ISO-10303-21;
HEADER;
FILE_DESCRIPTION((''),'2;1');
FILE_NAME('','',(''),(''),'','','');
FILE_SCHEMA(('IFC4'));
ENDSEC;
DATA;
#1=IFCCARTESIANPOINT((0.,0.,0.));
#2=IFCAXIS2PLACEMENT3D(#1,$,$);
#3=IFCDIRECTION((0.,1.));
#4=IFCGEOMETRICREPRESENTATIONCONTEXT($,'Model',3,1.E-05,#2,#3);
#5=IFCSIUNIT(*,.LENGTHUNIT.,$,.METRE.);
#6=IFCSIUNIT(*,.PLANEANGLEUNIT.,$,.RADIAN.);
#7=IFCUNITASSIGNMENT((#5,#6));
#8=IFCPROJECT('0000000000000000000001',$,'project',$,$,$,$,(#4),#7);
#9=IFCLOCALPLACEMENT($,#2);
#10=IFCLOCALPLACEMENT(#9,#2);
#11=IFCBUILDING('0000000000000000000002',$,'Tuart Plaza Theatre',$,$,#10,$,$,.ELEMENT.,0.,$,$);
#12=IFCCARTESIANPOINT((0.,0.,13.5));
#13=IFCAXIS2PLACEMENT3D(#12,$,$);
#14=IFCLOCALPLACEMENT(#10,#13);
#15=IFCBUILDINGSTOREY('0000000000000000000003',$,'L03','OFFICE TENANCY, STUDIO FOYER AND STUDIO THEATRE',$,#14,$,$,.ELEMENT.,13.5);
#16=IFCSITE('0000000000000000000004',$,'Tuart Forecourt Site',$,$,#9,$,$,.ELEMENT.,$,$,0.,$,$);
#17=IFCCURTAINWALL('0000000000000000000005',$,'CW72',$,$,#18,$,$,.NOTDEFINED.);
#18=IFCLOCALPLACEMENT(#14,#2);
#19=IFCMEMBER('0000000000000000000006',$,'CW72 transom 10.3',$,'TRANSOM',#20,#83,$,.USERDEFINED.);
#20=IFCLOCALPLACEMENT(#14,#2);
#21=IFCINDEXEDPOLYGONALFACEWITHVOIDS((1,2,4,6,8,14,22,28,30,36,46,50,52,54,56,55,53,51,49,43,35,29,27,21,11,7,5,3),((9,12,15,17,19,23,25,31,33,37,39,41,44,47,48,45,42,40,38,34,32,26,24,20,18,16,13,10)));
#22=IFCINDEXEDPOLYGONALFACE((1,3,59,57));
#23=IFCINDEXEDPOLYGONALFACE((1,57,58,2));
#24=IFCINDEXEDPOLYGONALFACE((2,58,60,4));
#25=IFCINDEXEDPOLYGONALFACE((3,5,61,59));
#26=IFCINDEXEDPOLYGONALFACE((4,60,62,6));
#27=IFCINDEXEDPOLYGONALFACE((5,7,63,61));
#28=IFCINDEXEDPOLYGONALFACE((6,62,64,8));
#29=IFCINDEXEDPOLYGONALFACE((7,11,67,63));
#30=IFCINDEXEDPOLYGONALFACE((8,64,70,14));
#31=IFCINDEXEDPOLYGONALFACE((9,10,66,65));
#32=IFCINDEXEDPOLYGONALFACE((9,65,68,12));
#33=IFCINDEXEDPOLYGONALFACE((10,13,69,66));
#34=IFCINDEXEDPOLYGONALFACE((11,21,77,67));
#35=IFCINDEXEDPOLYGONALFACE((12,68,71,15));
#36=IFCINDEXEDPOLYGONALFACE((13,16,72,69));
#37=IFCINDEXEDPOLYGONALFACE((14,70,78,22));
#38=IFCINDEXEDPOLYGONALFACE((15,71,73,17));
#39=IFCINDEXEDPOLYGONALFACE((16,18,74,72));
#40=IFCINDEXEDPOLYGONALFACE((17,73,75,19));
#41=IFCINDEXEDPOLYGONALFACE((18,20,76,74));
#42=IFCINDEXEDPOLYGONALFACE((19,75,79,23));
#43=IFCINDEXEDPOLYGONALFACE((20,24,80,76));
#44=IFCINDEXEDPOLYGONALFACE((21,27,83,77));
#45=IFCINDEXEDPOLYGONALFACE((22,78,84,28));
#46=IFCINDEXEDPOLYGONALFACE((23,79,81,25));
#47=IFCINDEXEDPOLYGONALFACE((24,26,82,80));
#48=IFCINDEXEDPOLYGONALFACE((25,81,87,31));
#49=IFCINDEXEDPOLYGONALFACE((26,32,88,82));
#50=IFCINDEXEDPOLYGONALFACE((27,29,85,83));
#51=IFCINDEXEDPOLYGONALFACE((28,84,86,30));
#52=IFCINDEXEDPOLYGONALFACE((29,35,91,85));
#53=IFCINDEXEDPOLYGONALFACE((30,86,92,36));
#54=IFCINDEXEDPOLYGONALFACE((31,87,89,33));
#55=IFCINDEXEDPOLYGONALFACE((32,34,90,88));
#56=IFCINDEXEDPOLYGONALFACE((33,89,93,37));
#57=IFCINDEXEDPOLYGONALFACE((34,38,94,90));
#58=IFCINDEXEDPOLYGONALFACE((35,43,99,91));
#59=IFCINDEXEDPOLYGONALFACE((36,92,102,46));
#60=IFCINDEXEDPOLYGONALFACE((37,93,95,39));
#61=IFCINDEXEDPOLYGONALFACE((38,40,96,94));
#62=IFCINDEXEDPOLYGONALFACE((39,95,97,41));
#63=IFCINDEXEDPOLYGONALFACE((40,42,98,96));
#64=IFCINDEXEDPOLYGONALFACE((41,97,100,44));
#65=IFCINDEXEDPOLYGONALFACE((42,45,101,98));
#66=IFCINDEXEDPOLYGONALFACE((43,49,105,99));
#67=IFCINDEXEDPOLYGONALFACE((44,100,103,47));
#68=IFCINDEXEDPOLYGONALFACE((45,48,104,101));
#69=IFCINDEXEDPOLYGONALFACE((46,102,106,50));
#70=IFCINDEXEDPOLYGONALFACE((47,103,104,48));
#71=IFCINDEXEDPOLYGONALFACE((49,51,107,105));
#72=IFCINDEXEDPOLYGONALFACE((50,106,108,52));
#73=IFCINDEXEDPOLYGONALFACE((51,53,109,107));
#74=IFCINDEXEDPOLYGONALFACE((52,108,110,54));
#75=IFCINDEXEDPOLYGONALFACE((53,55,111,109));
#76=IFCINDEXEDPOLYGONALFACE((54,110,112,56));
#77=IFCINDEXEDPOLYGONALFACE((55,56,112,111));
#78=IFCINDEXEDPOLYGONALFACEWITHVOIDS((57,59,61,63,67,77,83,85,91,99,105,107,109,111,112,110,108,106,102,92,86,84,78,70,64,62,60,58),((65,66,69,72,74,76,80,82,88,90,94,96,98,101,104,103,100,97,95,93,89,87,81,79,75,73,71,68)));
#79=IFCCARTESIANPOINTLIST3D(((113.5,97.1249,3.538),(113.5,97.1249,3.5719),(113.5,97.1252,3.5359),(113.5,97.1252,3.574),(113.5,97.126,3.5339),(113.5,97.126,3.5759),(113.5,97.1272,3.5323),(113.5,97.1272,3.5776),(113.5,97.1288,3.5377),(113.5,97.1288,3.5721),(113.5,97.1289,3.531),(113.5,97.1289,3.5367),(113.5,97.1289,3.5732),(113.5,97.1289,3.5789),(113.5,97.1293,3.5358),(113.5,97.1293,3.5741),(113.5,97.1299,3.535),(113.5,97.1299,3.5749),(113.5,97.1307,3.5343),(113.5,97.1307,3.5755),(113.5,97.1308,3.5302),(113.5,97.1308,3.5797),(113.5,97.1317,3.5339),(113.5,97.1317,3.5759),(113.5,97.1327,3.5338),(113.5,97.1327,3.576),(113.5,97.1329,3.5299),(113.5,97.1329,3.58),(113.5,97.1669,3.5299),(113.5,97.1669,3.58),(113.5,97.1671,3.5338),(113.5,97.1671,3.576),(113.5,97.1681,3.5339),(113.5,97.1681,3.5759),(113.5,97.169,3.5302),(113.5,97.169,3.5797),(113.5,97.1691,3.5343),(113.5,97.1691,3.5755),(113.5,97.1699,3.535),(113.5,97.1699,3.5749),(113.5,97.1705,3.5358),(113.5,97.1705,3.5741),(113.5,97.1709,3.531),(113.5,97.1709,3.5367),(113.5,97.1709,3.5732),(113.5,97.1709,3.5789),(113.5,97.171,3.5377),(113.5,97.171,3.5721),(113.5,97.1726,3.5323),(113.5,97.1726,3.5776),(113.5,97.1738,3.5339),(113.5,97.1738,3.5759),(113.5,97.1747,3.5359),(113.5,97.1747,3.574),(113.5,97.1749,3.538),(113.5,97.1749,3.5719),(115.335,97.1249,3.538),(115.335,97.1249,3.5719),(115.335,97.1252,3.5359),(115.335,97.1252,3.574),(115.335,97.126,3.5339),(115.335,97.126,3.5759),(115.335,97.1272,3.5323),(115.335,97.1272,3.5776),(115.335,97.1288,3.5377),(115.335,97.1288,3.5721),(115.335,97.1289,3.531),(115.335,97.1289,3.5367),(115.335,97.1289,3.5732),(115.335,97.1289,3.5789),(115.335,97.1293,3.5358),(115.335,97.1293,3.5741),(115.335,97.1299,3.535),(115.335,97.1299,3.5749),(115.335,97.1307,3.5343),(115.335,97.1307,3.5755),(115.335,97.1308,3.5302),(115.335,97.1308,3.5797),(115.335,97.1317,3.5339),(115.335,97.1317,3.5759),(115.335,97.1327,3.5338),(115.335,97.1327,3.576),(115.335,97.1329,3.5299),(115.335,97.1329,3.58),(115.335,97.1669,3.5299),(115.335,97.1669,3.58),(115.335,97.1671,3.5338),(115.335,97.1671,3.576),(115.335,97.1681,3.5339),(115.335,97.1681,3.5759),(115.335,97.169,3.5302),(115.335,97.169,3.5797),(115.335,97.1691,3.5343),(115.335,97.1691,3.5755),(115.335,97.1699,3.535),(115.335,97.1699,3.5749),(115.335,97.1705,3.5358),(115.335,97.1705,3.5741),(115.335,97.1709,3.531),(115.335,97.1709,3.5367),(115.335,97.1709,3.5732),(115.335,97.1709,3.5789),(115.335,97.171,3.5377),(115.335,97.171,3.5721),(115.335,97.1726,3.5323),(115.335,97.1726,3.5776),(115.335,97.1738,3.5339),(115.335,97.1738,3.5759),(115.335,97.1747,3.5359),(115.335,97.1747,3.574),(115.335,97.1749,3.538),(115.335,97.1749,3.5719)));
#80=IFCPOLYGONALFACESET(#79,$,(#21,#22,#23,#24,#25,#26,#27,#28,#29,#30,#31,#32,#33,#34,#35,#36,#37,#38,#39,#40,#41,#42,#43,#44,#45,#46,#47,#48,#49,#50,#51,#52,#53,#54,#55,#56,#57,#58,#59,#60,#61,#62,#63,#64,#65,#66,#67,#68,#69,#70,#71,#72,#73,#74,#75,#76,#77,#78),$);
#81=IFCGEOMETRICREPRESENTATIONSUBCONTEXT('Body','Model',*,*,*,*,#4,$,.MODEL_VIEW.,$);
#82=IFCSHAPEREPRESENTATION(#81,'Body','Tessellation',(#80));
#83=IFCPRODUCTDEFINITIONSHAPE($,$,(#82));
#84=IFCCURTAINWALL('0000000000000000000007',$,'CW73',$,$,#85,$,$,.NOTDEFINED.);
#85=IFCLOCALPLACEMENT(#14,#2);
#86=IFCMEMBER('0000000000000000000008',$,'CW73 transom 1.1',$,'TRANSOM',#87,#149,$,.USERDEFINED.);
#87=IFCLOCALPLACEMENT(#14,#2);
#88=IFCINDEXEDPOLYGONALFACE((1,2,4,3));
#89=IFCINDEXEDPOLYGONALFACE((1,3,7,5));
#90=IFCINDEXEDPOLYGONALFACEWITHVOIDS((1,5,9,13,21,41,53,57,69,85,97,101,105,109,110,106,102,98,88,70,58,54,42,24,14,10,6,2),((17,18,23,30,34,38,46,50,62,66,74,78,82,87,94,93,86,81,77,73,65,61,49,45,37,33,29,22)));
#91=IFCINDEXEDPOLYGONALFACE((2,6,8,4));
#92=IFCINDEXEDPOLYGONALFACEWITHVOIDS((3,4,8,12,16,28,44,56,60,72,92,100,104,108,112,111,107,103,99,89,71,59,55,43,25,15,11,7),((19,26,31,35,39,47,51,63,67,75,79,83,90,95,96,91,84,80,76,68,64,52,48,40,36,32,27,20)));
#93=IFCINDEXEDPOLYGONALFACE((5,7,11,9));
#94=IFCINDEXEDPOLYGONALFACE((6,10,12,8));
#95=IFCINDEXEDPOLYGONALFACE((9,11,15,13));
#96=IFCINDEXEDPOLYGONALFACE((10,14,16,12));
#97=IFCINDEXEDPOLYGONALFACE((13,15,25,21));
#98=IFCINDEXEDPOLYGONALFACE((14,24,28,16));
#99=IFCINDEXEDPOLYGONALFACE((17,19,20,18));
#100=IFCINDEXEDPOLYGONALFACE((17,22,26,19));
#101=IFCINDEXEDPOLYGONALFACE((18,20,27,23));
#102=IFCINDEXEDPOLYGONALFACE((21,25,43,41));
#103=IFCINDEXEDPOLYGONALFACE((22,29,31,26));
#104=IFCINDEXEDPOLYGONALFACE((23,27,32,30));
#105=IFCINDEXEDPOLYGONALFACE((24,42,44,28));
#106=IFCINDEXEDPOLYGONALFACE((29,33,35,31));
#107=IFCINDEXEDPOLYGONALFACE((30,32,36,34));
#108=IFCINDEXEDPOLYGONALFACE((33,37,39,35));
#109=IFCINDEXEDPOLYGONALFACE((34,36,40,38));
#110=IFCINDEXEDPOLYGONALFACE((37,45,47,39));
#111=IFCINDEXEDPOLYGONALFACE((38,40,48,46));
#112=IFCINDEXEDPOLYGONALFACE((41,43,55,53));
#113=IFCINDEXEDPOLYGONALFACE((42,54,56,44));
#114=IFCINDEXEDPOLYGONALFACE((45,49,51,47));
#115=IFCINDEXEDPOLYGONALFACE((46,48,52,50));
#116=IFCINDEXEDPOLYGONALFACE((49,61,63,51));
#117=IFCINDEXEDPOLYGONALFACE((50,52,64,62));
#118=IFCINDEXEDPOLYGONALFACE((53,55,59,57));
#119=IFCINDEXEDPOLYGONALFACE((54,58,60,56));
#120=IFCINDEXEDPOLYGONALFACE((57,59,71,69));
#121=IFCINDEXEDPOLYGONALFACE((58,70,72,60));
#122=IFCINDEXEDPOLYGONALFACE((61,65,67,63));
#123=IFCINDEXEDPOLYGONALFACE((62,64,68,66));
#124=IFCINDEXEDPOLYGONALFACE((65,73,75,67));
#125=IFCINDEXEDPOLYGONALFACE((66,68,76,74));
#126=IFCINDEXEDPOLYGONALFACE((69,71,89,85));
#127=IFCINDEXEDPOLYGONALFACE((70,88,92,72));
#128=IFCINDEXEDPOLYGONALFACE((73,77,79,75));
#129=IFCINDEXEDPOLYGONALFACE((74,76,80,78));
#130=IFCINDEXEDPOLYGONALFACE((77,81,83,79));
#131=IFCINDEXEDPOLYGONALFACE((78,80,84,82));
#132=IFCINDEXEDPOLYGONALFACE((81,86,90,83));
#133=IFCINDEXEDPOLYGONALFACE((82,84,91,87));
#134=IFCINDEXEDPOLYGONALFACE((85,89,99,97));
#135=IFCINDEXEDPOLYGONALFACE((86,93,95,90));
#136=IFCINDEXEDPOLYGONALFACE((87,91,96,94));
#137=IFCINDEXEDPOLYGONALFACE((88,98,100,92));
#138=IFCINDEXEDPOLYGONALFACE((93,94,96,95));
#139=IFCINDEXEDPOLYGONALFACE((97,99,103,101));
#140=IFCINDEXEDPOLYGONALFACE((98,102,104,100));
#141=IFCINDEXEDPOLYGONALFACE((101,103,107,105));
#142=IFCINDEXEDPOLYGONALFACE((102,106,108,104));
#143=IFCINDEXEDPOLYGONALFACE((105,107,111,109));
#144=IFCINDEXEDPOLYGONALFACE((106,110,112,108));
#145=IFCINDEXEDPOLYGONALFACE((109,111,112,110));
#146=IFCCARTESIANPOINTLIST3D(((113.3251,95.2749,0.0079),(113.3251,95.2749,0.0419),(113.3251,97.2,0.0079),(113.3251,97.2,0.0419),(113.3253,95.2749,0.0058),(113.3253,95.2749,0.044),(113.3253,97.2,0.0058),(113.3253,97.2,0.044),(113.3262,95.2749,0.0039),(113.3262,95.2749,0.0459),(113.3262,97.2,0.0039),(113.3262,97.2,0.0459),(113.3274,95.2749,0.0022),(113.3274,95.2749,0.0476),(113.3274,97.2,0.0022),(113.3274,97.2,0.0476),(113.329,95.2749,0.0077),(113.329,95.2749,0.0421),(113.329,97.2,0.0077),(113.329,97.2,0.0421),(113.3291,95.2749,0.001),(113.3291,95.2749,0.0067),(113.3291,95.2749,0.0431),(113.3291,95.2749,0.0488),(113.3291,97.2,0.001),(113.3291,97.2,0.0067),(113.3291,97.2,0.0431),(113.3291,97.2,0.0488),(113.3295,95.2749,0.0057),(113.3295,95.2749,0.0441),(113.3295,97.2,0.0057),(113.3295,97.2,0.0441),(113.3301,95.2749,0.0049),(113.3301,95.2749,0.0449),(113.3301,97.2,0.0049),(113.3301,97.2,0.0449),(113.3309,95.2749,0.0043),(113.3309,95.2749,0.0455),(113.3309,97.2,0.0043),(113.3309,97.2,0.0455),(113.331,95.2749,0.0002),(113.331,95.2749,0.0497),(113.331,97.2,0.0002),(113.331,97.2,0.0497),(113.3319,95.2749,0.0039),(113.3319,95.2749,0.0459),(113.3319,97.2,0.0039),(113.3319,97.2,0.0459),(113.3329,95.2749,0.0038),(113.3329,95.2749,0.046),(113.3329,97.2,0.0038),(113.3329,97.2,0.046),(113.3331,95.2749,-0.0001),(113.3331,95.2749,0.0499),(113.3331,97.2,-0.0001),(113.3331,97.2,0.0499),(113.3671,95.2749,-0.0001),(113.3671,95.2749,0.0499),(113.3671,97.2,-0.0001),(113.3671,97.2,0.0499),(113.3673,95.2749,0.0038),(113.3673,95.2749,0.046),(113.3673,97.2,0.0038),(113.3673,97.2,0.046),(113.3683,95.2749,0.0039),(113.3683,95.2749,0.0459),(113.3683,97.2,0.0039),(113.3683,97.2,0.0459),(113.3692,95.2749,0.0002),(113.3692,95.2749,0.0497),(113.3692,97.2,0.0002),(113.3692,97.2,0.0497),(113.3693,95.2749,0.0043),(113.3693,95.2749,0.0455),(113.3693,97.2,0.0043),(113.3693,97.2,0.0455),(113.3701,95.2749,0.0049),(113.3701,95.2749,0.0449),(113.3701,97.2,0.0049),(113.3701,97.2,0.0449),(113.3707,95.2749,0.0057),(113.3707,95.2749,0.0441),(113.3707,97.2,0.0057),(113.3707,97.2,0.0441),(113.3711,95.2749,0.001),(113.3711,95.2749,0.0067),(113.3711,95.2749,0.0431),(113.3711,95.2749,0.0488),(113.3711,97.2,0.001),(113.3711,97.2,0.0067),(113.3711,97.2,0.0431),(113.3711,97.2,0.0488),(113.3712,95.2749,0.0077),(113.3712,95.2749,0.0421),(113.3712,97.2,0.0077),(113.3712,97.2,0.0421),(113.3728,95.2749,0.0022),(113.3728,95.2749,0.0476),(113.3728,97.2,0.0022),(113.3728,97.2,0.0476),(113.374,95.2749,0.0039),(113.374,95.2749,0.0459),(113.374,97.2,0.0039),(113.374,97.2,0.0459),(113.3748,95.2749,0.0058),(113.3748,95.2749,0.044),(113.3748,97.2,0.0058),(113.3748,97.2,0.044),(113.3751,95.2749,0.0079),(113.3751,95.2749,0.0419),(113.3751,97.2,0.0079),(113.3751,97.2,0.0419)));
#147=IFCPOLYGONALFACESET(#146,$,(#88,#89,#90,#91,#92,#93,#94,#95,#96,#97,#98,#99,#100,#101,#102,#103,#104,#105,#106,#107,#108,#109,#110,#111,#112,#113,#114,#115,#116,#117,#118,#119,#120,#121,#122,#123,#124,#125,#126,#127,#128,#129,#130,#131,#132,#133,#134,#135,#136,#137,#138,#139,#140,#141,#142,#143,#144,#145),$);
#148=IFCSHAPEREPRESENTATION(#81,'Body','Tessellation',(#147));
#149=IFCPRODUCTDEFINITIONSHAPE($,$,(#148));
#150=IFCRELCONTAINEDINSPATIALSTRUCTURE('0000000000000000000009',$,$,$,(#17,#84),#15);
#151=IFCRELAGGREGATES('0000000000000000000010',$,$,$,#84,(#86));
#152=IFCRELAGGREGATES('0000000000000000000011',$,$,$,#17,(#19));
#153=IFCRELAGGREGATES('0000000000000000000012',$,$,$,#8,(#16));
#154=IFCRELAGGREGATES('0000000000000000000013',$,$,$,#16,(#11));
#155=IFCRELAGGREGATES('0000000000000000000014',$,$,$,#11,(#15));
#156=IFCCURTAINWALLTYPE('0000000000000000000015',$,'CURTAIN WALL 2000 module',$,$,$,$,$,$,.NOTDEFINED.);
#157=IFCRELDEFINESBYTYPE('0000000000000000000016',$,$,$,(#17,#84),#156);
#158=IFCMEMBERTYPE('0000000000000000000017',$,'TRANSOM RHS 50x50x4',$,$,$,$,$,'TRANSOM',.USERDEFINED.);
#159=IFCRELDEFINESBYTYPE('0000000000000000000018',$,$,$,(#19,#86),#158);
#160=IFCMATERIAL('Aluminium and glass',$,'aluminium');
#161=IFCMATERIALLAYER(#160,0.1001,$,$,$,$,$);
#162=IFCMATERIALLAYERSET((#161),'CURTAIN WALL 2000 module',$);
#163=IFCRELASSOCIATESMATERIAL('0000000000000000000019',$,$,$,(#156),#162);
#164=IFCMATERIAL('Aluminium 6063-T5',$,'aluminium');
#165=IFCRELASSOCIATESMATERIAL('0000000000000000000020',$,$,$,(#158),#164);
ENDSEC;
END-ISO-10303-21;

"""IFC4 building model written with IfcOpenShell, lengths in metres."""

from ifc_helpers import new_model, si_unit, direction, frame, origin, origin_2d, place, context, subcontext, project, spatial, hollow_rectangle, extrude, material, layer, layer_set, material_profile, profile_set, type_object, element, aggregate, save


model = new_model("IFC4")

# Units and contexts
model_context = context("Model", 3, precision=1e-05, world=origin(), true_north=direction((0.0, 1.0)))
body_context = subcontext(model_context, "Body", "Model", "MODEL_VIEW")
ifc_project = project(units=[si_unit("LENGTHUNIT", "METRE"), si_unit("PLANEANGLEUNIT", "RADIAN")], contexts=[model_context])

# Site, building, storey
site_placement = place(None, origin())
site = spatial("IfcSite", under=ifc_project, at=site_placement, Name="Tuart Forecourt Site", CompositionType="ELEMENT", RefElevation=0.0)
building_placement = place(site_placement, origin())
building = spatial("IfcBuilding", under=site, at=building_placement, Name="Tuart Plaza Theatre", CompositionType="ELEMENT", ElevationOfRefHeight=0.0)
storey_placement = place(building_placement, frame((0.0, 0.0, 13.5)))
storey = spatial("IfcBuildingStorey", under=building, at=storey_placement, Name="L03", Description="OFFICE TENANCY, STUDIO FOYER AND STUDIO THEATRE", CompositionType="ELEMENT", Elevation=13.5)

# Curtain walls, members
ifc_material_1 = material(Name="Aluminium and glass", Category="aluminium")
ifc_layer_1 = layer(ifc_material_1, 0.1001)
ifc_layer_set_1 = layer_set([ifc_layer_1], Name="CURTAIN WALL 2000 module")
curtain_wall_type = type_object("IfcCurtainWallType", Name="CURTAIN WALL 2000 module", PredefinedType="NOTDEFINED", material=ifc_layer_set_1)
curtain_wall_1_placement = place(storey_placement, origin())
curtain_wall_1 = element("IfcCurtainWall", 1, at=curtain_wall_1_placement, inside=storey, type_object=curtain_wall_type, Name="CW72", PredefinedType="NOTDEFINED")
ifc_material_2 = material(Name="Aluminium 6063-T5", Category="aluminium")
ifc_material_profile_1 = material_profile(ifc_material_2, hollow_rectangle(XDim=0.05, YDim=0.05, WallThickness=0.0039, InnerFilletRadius=0.0039, OuterFilletRadius=0.0081, at=origin_2d()), Name="RHS 50x50x4")
ifc_profile_set_1 = profile_set([ifc_material_profile_1], Name="Aluminium 6063-T5")
member_type_1 = type_object("IfcMemberType", Name="TRANSOM RHS 50x50x4", ElementType="TRANSOM", PredefinedType="USERDEFINED", material=ifc_profile_set_1)
member_1_placement = place(storey_placement, frame((115.335, 97.1499, 3.5549), z_axis=(-1.0, 0.0, 0.0), x_axis=(0.0, -1.0, 0.0)))
member_1 = element("IfcMember", 2, at=member_1_placement, type_object=member_type_1, Name="CW72 transom 10.3", ObjectType="TRANSOM", PredefinedType="USERDEFINED", context=body_context, shape_type="SweptSolid", body=[
    extrude(hollow_rectangle(XDim=0.05, YDim=0.05, WallThickness=0.0039, InnerFilletRadius=0.0039, OuterFilletRadius=0.0081, at=origin_2d()), origin(), (0.0, 0.0, 1.0), 1.835),
])
curtain_wall_2_placement = place(storey_placement, origin())
curtain_wall_2 = element("IfcCurtainWall", 3, at=curtain_wall_2_placement, inside=storey, type_object=curtain_wall_type, Name="CW73", PredefinedType="NOTDEFINED")
member_2_placement = place(storey_placement, frame((113.3501, 97.2, 0.0249), z_axis=(0.0, -1.0, 0.0), x_axis=(1.0, 0.0, 0.0)))
member_2 = element("IfcMember", 4, at=member_2_placement, type_object=member_type_1, Name="CW73 transom 1.1", ObjectType="TRANSOM", PredefinedType="USERDEFINED", context=body_context, shape_type="SweptSolid", body=[
    extrude(hollow_rectangle(XDim=0.05, YDim=0.05, WallThickness=0.0039, InnerFilletRadius=0.0039, OuterFilletRadius=0.0081, at=origin_2d()), origin(), (0.0, 0.0, 1.0), 1.925),
])
aggregate(curtain_wall_2, [member_2])

aggregate(curtain_wall_1, [member_1])

save(model, "model.ifc")
